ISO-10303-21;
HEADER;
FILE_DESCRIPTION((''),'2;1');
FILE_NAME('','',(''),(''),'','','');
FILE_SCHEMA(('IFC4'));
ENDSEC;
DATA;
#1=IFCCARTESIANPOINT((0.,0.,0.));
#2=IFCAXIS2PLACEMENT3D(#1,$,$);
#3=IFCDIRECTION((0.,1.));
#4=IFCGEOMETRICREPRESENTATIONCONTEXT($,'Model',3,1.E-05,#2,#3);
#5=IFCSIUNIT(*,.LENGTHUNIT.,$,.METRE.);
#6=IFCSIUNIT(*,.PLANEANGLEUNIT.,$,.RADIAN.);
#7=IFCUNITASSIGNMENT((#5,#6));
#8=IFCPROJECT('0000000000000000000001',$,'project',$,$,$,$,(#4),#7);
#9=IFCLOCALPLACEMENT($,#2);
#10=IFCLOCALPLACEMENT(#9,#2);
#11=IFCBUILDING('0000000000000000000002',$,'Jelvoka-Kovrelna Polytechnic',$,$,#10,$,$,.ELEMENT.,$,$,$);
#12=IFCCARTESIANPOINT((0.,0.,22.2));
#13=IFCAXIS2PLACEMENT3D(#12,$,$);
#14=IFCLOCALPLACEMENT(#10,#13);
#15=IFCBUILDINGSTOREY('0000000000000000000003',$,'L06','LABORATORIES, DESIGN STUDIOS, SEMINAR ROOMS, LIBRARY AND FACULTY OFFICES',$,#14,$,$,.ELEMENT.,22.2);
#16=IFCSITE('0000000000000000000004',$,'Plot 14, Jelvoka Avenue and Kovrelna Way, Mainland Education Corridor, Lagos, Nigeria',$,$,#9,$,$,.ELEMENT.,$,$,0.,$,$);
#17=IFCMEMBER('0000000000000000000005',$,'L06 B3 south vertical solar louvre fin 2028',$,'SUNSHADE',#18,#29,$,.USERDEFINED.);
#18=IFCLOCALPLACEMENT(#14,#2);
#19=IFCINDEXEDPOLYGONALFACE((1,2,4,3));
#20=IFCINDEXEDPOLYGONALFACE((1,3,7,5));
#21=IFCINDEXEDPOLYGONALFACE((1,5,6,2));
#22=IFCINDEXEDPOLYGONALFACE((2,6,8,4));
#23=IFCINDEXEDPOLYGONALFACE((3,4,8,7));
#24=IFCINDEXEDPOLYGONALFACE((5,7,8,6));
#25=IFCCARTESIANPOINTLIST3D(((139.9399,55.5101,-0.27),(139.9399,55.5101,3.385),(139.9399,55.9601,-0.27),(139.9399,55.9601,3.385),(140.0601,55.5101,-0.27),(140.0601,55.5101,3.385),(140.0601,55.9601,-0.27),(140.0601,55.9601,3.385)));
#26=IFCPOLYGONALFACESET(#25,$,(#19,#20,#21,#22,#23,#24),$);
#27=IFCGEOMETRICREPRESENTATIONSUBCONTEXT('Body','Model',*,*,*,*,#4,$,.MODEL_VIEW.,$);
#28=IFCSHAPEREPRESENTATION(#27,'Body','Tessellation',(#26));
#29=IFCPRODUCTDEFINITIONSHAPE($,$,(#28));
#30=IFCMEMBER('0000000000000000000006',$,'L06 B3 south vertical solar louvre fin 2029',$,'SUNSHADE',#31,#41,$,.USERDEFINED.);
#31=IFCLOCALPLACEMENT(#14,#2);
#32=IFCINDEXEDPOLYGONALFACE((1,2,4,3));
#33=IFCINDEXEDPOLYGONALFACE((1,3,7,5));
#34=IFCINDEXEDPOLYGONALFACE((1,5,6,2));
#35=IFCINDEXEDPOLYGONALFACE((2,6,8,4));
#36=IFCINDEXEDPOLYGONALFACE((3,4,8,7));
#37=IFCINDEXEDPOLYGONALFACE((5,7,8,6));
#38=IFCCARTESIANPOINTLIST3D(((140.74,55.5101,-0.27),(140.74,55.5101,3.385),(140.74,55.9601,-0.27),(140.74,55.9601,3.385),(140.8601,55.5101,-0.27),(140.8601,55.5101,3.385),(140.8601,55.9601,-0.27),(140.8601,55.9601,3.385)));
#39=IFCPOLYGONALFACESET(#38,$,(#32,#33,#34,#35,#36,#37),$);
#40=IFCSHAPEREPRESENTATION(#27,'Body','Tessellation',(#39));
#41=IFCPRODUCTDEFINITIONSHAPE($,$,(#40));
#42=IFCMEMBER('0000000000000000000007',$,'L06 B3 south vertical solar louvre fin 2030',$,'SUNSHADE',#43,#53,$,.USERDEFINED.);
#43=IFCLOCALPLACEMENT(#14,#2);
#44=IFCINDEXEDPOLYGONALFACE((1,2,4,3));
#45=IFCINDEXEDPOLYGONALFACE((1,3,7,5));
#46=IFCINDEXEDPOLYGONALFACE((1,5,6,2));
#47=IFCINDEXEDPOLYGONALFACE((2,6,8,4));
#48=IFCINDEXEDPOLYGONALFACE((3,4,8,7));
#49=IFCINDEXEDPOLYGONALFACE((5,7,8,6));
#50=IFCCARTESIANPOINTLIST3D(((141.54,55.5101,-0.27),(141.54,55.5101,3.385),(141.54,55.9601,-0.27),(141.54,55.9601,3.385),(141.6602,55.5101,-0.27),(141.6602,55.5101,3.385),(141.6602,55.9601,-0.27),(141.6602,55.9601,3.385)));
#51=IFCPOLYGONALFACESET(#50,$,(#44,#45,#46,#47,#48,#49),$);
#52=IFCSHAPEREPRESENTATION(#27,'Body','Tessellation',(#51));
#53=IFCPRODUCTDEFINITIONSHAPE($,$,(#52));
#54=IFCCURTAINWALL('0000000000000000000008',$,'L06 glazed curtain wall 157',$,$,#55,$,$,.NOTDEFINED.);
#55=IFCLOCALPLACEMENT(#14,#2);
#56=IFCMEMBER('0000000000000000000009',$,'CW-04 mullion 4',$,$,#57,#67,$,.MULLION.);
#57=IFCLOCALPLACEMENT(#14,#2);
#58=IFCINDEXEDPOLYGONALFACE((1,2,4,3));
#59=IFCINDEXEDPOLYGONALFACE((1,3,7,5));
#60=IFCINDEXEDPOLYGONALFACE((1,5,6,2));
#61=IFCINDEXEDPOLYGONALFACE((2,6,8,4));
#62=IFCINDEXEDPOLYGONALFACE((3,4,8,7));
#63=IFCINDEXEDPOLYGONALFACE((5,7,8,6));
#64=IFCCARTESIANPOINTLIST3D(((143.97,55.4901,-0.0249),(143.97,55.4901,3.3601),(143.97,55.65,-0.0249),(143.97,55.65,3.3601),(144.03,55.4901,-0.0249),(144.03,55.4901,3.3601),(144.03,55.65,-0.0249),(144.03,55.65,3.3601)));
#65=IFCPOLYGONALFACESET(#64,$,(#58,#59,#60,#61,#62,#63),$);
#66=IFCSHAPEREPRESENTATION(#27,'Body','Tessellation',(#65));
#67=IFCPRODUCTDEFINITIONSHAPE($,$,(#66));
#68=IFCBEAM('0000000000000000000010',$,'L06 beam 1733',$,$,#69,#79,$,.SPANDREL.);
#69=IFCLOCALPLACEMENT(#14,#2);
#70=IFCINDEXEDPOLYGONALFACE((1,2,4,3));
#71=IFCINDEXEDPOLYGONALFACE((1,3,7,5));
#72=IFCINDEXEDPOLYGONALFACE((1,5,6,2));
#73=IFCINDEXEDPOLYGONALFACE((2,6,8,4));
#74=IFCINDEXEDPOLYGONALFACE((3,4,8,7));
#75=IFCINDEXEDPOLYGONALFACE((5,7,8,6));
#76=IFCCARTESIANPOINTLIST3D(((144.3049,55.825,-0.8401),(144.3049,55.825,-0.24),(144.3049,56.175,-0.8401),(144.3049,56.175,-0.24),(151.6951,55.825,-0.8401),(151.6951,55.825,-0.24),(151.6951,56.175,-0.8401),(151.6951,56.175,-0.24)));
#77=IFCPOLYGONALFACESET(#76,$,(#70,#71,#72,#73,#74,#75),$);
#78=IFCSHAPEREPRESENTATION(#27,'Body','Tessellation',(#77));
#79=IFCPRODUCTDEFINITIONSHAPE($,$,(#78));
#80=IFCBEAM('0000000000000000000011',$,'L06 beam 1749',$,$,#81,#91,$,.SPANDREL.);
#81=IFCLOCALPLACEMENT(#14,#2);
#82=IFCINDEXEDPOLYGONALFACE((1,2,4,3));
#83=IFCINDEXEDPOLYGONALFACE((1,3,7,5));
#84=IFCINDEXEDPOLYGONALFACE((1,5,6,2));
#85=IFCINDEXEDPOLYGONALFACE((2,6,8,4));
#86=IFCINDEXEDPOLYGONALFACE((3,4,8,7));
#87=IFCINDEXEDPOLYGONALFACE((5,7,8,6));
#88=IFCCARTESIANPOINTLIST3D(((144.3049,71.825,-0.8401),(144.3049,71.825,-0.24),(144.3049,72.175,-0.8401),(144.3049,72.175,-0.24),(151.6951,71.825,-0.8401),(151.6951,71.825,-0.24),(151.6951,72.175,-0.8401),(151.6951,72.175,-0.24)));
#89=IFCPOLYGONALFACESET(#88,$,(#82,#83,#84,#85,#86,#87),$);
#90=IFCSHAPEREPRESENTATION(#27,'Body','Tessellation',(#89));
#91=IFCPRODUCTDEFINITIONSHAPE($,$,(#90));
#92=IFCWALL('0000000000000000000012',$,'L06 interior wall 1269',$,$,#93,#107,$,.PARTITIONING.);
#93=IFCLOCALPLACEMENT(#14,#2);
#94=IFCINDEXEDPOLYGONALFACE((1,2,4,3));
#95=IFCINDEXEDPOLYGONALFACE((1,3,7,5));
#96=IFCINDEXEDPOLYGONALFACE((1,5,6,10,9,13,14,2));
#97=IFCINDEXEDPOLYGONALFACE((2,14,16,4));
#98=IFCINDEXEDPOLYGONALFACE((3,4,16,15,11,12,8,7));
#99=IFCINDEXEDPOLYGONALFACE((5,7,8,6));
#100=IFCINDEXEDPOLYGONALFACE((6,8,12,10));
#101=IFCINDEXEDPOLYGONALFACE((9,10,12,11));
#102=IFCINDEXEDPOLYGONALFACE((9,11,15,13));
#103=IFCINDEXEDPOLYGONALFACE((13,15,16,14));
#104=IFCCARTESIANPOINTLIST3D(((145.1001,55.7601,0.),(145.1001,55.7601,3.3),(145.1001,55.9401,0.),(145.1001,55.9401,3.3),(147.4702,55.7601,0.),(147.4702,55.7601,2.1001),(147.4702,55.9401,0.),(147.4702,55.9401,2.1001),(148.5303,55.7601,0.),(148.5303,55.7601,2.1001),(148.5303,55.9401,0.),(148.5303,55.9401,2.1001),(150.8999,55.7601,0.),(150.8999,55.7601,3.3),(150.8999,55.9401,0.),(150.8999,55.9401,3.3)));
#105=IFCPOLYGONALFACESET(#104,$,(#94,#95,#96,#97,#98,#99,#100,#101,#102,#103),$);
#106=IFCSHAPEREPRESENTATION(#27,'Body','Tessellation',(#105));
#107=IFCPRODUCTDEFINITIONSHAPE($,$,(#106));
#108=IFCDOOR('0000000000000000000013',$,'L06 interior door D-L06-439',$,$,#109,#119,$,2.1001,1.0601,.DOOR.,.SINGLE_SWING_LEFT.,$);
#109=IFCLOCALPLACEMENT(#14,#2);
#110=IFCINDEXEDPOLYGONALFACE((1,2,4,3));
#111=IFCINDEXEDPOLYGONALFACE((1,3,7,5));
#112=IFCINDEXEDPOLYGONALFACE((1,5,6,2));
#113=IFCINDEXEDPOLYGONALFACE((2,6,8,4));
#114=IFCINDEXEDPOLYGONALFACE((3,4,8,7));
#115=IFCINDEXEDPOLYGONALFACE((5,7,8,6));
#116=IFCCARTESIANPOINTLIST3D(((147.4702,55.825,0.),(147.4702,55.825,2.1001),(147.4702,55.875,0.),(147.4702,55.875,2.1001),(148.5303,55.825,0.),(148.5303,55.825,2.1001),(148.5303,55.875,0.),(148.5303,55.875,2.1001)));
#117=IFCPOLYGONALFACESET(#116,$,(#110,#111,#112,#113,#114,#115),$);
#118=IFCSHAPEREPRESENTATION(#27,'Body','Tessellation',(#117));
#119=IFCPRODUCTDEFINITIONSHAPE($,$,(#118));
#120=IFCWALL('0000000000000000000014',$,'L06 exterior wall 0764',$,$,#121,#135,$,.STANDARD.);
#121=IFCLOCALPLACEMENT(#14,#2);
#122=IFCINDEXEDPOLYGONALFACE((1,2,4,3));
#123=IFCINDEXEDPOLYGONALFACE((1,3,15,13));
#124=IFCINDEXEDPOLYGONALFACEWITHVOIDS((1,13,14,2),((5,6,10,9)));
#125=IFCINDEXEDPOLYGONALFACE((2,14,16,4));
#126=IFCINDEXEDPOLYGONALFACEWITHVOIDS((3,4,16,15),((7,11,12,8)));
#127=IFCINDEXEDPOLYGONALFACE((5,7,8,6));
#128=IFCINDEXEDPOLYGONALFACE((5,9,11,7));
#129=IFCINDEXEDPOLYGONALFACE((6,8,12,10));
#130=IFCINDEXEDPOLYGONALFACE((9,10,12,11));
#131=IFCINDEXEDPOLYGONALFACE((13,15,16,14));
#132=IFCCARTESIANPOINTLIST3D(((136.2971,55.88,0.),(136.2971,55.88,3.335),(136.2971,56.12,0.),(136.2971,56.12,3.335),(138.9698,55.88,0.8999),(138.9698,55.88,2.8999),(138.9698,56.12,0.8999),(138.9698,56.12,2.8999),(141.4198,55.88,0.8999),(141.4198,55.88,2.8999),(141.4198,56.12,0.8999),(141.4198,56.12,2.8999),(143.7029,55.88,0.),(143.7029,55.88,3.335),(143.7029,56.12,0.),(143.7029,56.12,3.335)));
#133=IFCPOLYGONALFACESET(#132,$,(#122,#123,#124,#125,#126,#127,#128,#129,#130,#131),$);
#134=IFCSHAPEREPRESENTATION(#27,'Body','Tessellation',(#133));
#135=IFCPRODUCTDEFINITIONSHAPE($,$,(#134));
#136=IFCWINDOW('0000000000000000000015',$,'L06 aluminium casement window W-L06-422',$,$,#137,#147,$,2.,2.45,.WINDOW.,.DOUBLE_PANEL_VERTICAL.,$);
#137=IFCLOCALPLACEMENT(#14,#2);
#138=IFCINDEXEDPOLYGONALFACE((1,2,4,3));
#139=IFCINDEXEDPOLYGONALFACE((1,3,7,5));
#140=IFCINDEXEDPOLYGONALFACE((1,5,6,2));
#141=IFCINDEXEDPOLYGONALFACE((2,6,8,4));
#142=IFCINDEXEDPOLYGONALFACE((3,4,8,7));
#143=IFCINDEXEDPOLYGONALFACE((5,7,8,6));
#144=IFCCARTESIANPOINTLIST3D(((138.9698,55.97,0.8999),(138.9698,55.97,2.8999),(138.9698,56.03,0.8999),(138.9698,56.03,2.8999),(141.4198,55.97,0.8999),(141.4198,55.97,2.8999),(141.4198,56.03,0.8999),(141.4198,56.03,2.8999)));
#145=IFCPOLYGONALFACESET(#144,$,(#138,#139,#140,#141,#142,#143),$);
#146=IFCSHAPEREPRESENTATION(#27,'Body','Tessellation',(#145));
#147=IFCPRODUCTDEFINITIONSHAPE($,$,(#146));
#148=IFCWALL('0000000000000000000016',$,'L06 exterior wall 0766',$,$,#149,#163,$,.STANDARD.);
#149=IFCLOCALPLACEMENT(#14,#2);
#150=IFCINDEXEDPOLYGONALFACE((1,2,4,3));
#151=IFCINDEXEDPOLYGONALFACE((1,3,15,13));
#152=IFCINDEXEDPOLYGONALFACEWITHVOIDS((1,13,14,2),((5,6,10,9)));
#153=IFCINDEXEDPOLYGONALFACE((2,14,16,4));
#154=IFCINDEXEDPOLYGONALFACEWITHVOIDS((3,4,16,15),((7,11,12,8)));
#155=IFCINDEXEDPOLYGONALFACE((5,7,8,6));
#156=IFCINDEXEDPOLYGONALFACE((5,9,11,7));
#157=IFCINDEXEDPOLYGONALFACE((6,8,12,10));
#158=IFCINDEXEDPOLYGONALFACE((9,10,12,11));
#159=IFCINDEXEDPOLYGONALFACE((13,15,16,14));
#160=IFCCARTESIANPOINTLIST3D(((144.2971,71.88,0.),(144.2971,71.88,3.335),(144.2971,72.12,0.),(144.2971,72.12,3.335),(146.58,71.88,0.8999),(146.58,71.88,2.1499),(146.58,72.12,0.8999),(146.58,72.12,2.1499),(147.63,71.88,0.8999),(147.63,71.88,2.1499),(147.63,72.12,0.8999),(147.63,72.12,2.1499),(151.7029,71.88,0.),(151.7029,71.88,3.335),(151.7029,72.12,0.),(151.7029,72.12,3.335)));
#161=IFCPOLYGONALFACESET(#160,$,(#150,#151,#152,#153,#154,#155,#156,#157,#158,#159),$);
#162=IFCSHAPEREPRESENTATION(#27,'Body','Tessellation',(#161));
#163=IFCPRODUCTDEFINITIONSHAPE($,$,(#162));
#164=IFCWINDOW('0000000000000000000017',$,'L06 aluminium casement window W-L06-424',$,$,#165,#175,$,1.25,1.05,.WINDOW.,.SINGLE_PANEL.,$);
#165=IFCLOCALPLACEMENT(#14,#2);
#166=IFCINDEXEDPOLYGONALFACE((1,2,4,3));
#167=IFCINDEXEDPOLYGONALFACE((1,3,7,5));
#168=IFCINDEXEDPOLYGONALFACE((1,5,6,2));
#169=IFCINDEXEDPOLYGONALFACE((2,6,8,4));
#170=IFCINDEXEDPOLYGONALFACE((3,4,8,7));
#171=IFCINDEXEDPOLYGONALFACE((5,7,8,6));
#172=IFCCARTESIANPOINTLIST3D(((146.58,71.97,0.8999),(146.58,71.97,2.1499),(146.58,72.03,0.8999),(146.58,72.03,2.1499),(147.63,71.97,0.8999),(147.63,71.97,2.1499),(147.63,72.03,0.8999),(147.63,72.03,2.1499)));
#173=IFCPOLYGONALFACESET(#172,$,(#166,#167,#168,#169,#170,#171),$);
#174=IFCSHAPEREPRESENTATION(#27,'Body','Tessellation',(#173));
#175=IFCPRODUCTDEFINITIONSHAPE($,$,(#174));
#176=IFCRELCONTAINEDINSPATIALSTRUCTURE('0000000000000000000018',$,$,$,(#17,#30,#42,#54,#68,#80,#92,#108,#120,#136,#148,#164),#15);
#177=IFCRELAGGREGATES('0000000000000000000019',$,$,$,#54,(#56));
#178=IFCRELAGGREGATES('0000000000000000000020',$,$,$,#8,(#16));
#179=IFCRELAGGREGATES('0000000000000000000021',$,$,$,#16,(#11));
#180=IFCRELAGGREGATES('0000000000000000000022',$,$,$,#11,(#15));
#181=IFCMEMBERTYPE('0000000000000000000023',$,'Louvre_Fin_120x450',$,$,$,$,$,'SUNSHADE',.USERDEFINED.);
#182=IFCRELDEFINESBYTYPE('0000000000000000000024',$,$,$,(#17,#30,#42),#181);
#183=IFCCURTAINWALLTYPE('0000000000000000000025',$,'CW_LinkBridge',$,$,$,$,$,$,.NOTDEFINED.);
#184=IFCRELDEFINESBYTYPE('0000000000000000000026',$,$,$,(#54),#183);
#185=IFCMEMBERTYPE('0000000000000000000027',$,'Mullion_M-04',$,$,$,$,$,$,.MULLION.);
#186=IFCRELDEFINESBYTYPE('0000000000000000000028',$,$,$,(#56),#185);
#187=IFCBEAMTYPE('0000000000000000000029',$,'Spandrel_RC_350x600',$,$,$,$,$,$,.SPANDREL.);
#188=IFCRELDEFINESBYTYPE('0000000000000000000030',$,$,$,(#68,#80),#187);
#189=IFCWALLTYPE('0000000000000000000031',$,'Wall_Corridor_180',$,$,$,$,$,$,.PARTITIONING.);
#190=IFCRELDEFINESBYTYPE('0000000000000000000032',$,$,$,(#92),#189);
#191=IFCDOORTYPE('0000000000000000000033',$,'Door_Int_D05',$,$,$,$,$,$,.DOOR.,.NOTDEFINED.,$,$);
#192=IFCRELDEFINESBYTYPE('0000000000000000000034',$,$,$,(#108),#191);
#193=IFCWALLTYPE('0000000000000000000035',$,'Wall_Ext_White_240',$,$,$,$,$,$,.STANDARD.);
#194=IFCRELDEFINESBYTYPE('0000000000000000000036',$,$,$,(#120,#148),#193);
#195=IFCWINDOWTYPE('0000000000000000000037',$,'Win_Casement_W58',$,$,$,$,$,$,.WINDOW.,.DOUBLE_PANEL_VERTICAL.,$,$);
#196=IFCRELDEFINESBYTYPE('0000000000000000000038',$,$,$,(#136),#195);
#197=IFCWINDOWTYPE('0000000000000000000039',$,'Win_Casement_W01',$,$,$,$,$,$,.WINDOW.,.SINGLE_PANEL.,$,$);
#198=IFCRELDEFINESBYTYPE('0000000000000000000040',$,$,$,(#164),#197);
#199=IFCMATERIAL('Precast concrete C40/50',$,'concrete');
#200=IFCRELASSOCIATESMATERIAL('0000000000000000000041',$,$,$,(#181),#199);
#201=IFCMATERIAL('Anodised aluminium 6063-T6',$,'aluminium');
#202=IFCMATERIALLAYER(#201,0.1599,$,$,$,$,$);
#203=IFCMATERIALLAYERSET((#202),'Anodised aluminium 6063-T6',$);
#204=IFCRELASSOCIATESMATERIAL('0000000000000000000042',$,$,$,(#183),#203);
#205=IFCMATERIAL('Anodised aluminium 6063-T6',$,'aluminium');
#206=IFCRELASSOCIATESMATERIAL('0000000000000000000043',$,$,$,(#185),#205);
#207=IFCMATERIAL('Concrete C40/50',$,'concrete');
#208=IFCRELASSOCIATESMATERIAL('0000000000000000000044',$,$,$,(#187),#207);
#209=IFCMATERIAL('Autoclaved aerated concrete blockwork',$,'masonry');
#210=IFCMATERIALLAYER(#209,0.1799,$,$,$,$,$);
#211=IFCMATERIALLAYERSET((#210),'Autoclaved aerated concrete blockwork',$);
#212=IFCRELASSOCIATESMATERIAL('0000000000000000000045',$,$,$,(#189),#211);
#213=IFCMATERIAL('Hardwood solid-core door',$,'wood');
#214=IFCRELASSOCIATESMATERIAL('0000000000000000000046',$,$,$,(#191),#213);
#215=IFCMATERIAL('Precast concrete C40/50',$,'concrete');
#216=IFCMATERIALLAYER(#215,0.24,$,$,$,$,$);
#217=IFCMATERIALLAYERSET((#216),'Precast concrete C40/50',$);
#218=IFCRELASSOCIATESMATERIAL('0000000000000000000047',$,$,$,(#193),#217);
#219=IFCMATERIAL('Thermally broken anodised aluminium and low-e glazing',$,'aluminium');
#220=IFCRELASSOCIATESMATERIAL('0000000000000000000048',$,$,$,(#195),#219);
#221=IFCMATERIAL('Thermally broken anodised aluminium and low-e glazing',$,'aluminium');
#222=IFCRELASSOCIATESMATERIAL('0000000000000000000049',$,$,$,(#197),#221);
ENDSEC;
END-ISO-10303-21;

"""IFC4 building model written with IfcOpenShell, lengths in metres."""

from ifc_helpers import new_model, si_unit, direction, frame, frame_2d, origin, origin_2d, place, context, subcontext, project, spatial, rectangle, extrude, material, layer, layer_set, material_profile, profile_set, type_object, element, fill, aggregate, save


model = new_model("IFC4")

# Units and contexts
model_context = context("Model", 3, precision=1e-05, world=origin(), true_north=direction((0.0, 1.0)))
body_context = subcontext(model_context, "Body", "Model", "MODEL_VIEW")
ifc_project = project(units=[si_unit("LENGTHUNIT", "METRE"), si_unit("PLANEANGLEUNIT", "RADIAN")], contexts=[model_context])

# Site, building, storey
site_placement = place(None, origin())
site = spatial("IfcSite", under=ifc_project, at=site_placement, Name="Plot 14, Jelvoka Avenue and Kovrelna Way, Mainland Education Corridor, Lagos, Nigeria", CompositionType="ELEMENT", RefElevation=0.0)
building_placement = place(site_placement, origin())
building = spatial("IfcBuilding", under=site, at=building_placement, Name="Jelvoka-Kovrelna Polytechnic", CompositionType="ELEMENT")
storey_placement = place(building_placement, frame((0.0, 0.0, 22.2)))
storey = spatial("IfcBuildingStorey", under=building, at=storey_placement, Name="L06", Description="LABORATORIES, DESIGN STUDIOS, SEMINAR ROOMS, LIBRARY AND FACULTY OFFICES", CompositionType="ELEMENT", Elevation=22.2)

# Members
ifc_material_1 = material(Name="Precast concrete C40/50", Category="concrete")
ifc_material_profile_1 = material_profile(ifc_material_1, rectangle(XDim=0.1201, YDim=0.45, at=origin_2d()), Name="PC 120x450")
ifc_profile_set_1 = profile_set([ifc_material_profile_1], Name="Precast concrete C40/50")
member_type_1 = type_object("IfcMemberType", Name="Louvre_Fin_120x450", ElementType="SUNSHADE", PredefinedType="USERDEFINED", material=ifc_profile_set_1)
for number, where, z_axis, x_axis, name in (
    (1, (140.0, 55.7351, -0.27), (0.0, 0.0, 1.0), (1.0, 0.0, 0.0), "L06 B3 south vertical solar louvre fin 2028"),
    (2, (140.8, 55.7351, -0.27), (0.0, 0.0, 1.0), (1.0, 0.0, 0.0), "L06 B3 south vertical solar louvre fin 2029"),
    (3, (141.6001, 55.7351, -0.27), (0.0, 0.0, 1.0), (1.0, 0.0, 0.0), "L06 B3 south vertical solar louvre fin 2030"),
):
    element("IfcMember", number, at=place(storey_placement, frame(where, z_axis=z_axis, x_axis=x_axis)), inside=storey, type_object=member_type_1, Name=name, ObjectType="SUNSHADE", PredefinedType="USERDEFINED", context=body_context, shape_type="SweptSolid", body=[
        extrude(rectangle(XDim=0.1201, YDim=0.45, at=origin_2d()), origin(), (0.0, 0.0, 1.0), 3.655),
    ])

# Curtain wall, member
ifc_material_2 = material(Name="Anodised aluminium 6063-T6", Category="aluminium")
ifc_layer_1 = layer(ifc_material_2, 0.1599)
ifc_layer_set_1 = layer_set([ifc_layer_1], Name="Anodised aluminium 6063-T6")
curtain_wall_type = type_object("IfcCurtainWallType", Name="CW_LinkBridge", PredefinedType="NOTDEFINED", material=ifc_layer_set_1)
curtain_wall_placement = place(storey_placement, origin())
curtain_wall = element("IfcCurtainWall", 4, at=curtain_wall_placement, inside=storey, type_object=curtain_wall_type, Name="L06 glazed curtain wall 157", PredefinedType="NOTDEFINED")
ifc_material_3 = material(Name="Anodised aluminium 6063-T6", Category="aluminium")
ifc_material_profile_2 = material_profile(ifc_material_3, rectangle(XDim=0.0601, YDim=0.1599, at=origin_2d()), Name="ALU 60x160")
ifc_profile_set_2 = profile_set([ifc_material_profile_2], Name="Anodised aluminium 6063-T6")
member_type_2 = type_object("IfcMemberType", Name="Mullion_M-04", PredefinedType="MULLION", material=ifc_profile_set_2)
member_placement = place(storey_placement, frame((144.0, 55.5701, -0.0249), z_axis=(0.0, 0.0, 1.0), x_axis=(-1.0, 0.0, 0.0)))
member = element("IfcMember", 5, at=member_placement, type_object=member_type_2, Name="CW-04 mullion 4", PredefinedType="MULLION", context=body_context, shape_type="SweptSolid", body=[
    extrude(rectangle(XDim=0.0601, YDim=0.1599, at=origin_2d()), origin(), (0.0, 0.0, 1.0), 3.385),
])
aggregate(curtain_wall, [member])

# Beams
ifc_material_4 = material(Name="Concrete C40/50", Category="concrete")
ifc_material_profile_3 = material_profile(ifc_material_4, rectangle(XDim=0.3501, YDim=0.6001, at=origin_2d()), Name="RC 350x600")
ifc_profile_set_3 = profile_set([ifc_material_profile_3], Name="Concrete C40/50")
beam_type_1 = type_object("IfcBeamType", Name="Spandrel_RC_350x600", PredefinedType="SPANDREL", material=ifc_profile_set_3)
for number, where, z_axis, x_axis, name in (
    (6, (144.3049, 56.0, -0.54), (1.0, 0.0, 0.0), (0.0, 1.0, 0.0), "L06 beam 1733"),
    (7, (144.3049, 72.0, -0.54), (1.0, 0.0, 0.0), (0.0, 1.0, 0.0), "L06 beam 1749"),
):
    element("IfcBeam", number, at=place(storey_placement, frame(where, z_axis=z_axis, x_axis=x_axis)), inside=storey, type_object=beam_type_1, Name=name, PredefinedType="SPANDREL", context=body_context, shape_type="SweptSolid", body=[
        extrude(rectangle(XDim=0.3501, YDim=0.6001, at=origin_2d()), origin(), (0.0, 0.0, 1.0), 7.3901),
    ])

# Wall, opening, door
ifc_material_5 = material(Name="Autoclaved aerated concrete blockwork", Category="masonry")
ifc_layer_2 = layer(ifc_material_5, 0.1799)
ifc_layer_set_2 = layer_set([ifc_layer_2], Name="Autoclaved aerated concrete blockwork")
wall_type_1 = type_object("IfcWallType", Name="Wall_Corridor_180", PredefinedType="PARTITIONING", material=ifc_layer_set_2)
wall_1_placement = place(storey_placement, frame((145.1001, 55.8501, 0.0), z_axis=(0.0, 0.0, 1.0), x_axis=(1.0, 0.0, 0.0)))
wall_1 = element("IfcWall", 8, at=wall_1_placement, inside=storey, type_object=wall_type_1, Name="L06 interior wall 1269", PredefinedType="PARTITIONING", context=body_context, shape_type="SweptSolid", body=[
    extrude(rectangle(XDim=5.7998, YDim=0.1799, at=frame_2d((2.8999, 0.0))), origin(), (0.0, 0.0, 1.0), 3.3),
])
opening_1_placement = place(wall_1_placement, frame((2.3701, 0.0, 0.0)))
opening_1 = element("IfcOpeningElement", 9, at=opening_1_placement, cuts=wall_1, PredefinedType="OPENING", context=body_context, shape_type="SweptSolid", body=[
    extrude(rectangle(XDim=1.0601, YDim=2.1001, at=frame_2d((0.53, 1.05))), frame((0.0, 0.0999, 0.0), z_axis=(0.0, -1.0, 0.0), x_axis=(1.0, 0.0, 0.0)), (0.0, 0.0, 1.0), 0.2),
])
ifc_material_6 = material(Name="Hardwood solid-core door", Category="wood")
door_type = type_object("IfcDoorType", Name="Door_Int_D05", OperationType="NOTDEFINED", PredefinedType="DOOR", material=ifc_material_6)
door_placement = place(opening_1_placement, origin())
door = element("IfcDoor", 10, at=door_placement, inside=storey, type_object=door_type, Name="L06 interior door D-L06-439", OperationType="SINGLE_SWING_LEFT", OverallHeight=2.1001, OverallWidth=1.0601, PredefinedType="DOOR", context=body_context, shape_type="SweptSolid", body=[
    extrude(rectangle(XDim=1.0601, YDim=2.1001, at=frame_2d((0.53, 1.05))), frame((0.0, 0.0249, 0.0), z_axis=(0.0, -1.0, 0.0), x_axis=(1.0, 0.0, 0.0)), (0.0, 0.0, 1.0), 0.05),
])
fill(opening_1, door)

# Walls, openings, windows
ifc_material_7 = material(Name="Precast concrete C40/50", Category="concrete")
ifc_layer_3 = layer(ifc_material_7, 0.24)
ifc_layer_set_3 = layer_set([ifc_layer_3], Name="Precast concrete C40/50")
wall_type_2 = type_object("IfcWallType", Name="Wall_Ext_White_240", PredefinedType="STANDARD", material=ifc_layer_set_3)
wall_2_placement = place(storey_placement, frame((143.7029, 56.0, 0.0), z_axis=(0.0, 0.0, 1.0), x_axis=(-1.0, 0.0, 0.0)))
wall_2 = element("IfcWall", 11, at=wall_2_placement, inside=storey, type_object=wall_type_2, Name="L06 exterior wall 0764", PredefinedType="STANDARD", context=body_context, shape_type="SweptSolid", body=[
    extrude(rectangle(XDim=7.4058, YDim=0.24, at=frame_2d((3.7029, 0.0))), origin(), (0.0, 0.0, 1.0), 3.335),
])
opening_2_placement = place(wall_2_placement, frame((2.283, 0.0, 0.8999)))
opening_2 = element("IfcOpeningElement", 12, at=opening_2_placement, cuts=wall_2, PredefinedType="OPENING", context=body_context, shape_type="SweptSolid", body=[
    extrude(rectangle(XDim=2.45, YDim=2.0, at=frame_2d((1.2251, 1.0))), frame((0.0, 0.1301, 0.0), z_axis=(0.0, -1.0, 0.0), x_axis=(1.0, 0.0, 0.0)), (0.0, 0.0, 1.0), 0.26),
])
ifc_material_8 = material(Name="Thermally broken anodised aluminium and low-e glazing", Category="aluminium")
window_type_1 = type_object("IfcWindowType", Name="Win_Casement_W58", PartitioningType="DOUBLE_PANEL_VERTICAL", PredefinedType="WINDOW", material=ifc_material_8)
window_1_placement = place(opening_2_placement, origin())
window_1 = element("IfcWindow", 13, at=window_1_placement, inside=storey, type_object=window_type_1, Name="L06 aluminium casement window W-L06-422", OverallHeight=2.0, OverallWidth=2.45, PartitioningType="DOUBLE_PANEL_VERTICAL", PredefinedType="WINDOW", context=body_context, shape_type="SweptSolid", body=[
    extrude(rectangle(XDim=2.45, YDim=2.0, at=frame_2d((1.2251, 1.0))), frame((0.0, 0.03, 0.0), z_axis=(0.0, -1.0, 0.0), x_axis=(1.0, 0.0, 0.0)), (0.0, 0.0, 1.0), 0.0601),
])
fill(opening_2, window_1)
wall_3_placement = place(storey_placement, frame((144.2971, 72.0, 0.0), z_axis=(0.0, 0.0, 1.0), x_axis=(1.0, 0.0, 0.0)))
wall_3 = element("IfcWall", 14, at=wall_3_placement, inside=storey, type_object=wall_type_2, Name="L06 exterior wall 0766", PredefinedType="STANDARD", context=body_context, shape_type="SweptSolid", body=[
    extrude(rectangle(XDim=7.4058, YDim=0.24, at=frame_2d((3.7029, 0.0))), origin(), (0.0, 0.0, 1.0), 3.335),
])
opening_3_placement = place(wall_3_placement, frame((2.283, 0.0, 0.8999)))
opening_3 = element("IfcOpeningElement", 15, at=opening_3_placement, cuts=wall_3, PredefinedType="OPENING", context=body_context, shape_type="SweptSolid", body=[
    extrude(rectangle(XDim=1.05, YDim=1.25, at=frame_2d((0.5249, 0.625))), frame((0.0, 0.1301, 0.0), z_axis=(0.0, -1.0, 0.0), x_axis=(1.0, 0.0, 0.0)), (0.0, 0.0, 1.0), 0.26),
])
ifc_material_9 = material(Name="Thermally broken anodised aluminium and low-e glazing", Category="aluminium")
window_type_2 = type_object("IfcWindowType", Name="Win_Casement_W01", PartitioningType="SINGLE_PANEL", PredefinedType="WINDOW", material=ifc_material_9)
window_2_placement = place(opening_3_placement, origin())
window_2 = element("IfcWindow", 16, at=window_2_placement, inside=storey, type_object=window_type_2, Name="L06 aluminium casement window W-L06-424", OverallHeight=1.25, OverallWidth=1.05, PartitioningType="SINGLE_PANEL", PredefinedType="WINDOW", context=body_context, shape_type="SweptSolid", body=[
    extrude(rectangle(XDim=1.05, YDim=1.25, at=frame_2d((0.5249, 0.625))), frame((0.0, 0.03, 0.0), z_axis=(0.0, -1.0, 0.0), x_axis=(1.0, 0.0, 0.0)), (0.0, 0.0, 1.0), 0.0601),
])
fill(opening_3, window_2)

save(model, "model.ifc")
